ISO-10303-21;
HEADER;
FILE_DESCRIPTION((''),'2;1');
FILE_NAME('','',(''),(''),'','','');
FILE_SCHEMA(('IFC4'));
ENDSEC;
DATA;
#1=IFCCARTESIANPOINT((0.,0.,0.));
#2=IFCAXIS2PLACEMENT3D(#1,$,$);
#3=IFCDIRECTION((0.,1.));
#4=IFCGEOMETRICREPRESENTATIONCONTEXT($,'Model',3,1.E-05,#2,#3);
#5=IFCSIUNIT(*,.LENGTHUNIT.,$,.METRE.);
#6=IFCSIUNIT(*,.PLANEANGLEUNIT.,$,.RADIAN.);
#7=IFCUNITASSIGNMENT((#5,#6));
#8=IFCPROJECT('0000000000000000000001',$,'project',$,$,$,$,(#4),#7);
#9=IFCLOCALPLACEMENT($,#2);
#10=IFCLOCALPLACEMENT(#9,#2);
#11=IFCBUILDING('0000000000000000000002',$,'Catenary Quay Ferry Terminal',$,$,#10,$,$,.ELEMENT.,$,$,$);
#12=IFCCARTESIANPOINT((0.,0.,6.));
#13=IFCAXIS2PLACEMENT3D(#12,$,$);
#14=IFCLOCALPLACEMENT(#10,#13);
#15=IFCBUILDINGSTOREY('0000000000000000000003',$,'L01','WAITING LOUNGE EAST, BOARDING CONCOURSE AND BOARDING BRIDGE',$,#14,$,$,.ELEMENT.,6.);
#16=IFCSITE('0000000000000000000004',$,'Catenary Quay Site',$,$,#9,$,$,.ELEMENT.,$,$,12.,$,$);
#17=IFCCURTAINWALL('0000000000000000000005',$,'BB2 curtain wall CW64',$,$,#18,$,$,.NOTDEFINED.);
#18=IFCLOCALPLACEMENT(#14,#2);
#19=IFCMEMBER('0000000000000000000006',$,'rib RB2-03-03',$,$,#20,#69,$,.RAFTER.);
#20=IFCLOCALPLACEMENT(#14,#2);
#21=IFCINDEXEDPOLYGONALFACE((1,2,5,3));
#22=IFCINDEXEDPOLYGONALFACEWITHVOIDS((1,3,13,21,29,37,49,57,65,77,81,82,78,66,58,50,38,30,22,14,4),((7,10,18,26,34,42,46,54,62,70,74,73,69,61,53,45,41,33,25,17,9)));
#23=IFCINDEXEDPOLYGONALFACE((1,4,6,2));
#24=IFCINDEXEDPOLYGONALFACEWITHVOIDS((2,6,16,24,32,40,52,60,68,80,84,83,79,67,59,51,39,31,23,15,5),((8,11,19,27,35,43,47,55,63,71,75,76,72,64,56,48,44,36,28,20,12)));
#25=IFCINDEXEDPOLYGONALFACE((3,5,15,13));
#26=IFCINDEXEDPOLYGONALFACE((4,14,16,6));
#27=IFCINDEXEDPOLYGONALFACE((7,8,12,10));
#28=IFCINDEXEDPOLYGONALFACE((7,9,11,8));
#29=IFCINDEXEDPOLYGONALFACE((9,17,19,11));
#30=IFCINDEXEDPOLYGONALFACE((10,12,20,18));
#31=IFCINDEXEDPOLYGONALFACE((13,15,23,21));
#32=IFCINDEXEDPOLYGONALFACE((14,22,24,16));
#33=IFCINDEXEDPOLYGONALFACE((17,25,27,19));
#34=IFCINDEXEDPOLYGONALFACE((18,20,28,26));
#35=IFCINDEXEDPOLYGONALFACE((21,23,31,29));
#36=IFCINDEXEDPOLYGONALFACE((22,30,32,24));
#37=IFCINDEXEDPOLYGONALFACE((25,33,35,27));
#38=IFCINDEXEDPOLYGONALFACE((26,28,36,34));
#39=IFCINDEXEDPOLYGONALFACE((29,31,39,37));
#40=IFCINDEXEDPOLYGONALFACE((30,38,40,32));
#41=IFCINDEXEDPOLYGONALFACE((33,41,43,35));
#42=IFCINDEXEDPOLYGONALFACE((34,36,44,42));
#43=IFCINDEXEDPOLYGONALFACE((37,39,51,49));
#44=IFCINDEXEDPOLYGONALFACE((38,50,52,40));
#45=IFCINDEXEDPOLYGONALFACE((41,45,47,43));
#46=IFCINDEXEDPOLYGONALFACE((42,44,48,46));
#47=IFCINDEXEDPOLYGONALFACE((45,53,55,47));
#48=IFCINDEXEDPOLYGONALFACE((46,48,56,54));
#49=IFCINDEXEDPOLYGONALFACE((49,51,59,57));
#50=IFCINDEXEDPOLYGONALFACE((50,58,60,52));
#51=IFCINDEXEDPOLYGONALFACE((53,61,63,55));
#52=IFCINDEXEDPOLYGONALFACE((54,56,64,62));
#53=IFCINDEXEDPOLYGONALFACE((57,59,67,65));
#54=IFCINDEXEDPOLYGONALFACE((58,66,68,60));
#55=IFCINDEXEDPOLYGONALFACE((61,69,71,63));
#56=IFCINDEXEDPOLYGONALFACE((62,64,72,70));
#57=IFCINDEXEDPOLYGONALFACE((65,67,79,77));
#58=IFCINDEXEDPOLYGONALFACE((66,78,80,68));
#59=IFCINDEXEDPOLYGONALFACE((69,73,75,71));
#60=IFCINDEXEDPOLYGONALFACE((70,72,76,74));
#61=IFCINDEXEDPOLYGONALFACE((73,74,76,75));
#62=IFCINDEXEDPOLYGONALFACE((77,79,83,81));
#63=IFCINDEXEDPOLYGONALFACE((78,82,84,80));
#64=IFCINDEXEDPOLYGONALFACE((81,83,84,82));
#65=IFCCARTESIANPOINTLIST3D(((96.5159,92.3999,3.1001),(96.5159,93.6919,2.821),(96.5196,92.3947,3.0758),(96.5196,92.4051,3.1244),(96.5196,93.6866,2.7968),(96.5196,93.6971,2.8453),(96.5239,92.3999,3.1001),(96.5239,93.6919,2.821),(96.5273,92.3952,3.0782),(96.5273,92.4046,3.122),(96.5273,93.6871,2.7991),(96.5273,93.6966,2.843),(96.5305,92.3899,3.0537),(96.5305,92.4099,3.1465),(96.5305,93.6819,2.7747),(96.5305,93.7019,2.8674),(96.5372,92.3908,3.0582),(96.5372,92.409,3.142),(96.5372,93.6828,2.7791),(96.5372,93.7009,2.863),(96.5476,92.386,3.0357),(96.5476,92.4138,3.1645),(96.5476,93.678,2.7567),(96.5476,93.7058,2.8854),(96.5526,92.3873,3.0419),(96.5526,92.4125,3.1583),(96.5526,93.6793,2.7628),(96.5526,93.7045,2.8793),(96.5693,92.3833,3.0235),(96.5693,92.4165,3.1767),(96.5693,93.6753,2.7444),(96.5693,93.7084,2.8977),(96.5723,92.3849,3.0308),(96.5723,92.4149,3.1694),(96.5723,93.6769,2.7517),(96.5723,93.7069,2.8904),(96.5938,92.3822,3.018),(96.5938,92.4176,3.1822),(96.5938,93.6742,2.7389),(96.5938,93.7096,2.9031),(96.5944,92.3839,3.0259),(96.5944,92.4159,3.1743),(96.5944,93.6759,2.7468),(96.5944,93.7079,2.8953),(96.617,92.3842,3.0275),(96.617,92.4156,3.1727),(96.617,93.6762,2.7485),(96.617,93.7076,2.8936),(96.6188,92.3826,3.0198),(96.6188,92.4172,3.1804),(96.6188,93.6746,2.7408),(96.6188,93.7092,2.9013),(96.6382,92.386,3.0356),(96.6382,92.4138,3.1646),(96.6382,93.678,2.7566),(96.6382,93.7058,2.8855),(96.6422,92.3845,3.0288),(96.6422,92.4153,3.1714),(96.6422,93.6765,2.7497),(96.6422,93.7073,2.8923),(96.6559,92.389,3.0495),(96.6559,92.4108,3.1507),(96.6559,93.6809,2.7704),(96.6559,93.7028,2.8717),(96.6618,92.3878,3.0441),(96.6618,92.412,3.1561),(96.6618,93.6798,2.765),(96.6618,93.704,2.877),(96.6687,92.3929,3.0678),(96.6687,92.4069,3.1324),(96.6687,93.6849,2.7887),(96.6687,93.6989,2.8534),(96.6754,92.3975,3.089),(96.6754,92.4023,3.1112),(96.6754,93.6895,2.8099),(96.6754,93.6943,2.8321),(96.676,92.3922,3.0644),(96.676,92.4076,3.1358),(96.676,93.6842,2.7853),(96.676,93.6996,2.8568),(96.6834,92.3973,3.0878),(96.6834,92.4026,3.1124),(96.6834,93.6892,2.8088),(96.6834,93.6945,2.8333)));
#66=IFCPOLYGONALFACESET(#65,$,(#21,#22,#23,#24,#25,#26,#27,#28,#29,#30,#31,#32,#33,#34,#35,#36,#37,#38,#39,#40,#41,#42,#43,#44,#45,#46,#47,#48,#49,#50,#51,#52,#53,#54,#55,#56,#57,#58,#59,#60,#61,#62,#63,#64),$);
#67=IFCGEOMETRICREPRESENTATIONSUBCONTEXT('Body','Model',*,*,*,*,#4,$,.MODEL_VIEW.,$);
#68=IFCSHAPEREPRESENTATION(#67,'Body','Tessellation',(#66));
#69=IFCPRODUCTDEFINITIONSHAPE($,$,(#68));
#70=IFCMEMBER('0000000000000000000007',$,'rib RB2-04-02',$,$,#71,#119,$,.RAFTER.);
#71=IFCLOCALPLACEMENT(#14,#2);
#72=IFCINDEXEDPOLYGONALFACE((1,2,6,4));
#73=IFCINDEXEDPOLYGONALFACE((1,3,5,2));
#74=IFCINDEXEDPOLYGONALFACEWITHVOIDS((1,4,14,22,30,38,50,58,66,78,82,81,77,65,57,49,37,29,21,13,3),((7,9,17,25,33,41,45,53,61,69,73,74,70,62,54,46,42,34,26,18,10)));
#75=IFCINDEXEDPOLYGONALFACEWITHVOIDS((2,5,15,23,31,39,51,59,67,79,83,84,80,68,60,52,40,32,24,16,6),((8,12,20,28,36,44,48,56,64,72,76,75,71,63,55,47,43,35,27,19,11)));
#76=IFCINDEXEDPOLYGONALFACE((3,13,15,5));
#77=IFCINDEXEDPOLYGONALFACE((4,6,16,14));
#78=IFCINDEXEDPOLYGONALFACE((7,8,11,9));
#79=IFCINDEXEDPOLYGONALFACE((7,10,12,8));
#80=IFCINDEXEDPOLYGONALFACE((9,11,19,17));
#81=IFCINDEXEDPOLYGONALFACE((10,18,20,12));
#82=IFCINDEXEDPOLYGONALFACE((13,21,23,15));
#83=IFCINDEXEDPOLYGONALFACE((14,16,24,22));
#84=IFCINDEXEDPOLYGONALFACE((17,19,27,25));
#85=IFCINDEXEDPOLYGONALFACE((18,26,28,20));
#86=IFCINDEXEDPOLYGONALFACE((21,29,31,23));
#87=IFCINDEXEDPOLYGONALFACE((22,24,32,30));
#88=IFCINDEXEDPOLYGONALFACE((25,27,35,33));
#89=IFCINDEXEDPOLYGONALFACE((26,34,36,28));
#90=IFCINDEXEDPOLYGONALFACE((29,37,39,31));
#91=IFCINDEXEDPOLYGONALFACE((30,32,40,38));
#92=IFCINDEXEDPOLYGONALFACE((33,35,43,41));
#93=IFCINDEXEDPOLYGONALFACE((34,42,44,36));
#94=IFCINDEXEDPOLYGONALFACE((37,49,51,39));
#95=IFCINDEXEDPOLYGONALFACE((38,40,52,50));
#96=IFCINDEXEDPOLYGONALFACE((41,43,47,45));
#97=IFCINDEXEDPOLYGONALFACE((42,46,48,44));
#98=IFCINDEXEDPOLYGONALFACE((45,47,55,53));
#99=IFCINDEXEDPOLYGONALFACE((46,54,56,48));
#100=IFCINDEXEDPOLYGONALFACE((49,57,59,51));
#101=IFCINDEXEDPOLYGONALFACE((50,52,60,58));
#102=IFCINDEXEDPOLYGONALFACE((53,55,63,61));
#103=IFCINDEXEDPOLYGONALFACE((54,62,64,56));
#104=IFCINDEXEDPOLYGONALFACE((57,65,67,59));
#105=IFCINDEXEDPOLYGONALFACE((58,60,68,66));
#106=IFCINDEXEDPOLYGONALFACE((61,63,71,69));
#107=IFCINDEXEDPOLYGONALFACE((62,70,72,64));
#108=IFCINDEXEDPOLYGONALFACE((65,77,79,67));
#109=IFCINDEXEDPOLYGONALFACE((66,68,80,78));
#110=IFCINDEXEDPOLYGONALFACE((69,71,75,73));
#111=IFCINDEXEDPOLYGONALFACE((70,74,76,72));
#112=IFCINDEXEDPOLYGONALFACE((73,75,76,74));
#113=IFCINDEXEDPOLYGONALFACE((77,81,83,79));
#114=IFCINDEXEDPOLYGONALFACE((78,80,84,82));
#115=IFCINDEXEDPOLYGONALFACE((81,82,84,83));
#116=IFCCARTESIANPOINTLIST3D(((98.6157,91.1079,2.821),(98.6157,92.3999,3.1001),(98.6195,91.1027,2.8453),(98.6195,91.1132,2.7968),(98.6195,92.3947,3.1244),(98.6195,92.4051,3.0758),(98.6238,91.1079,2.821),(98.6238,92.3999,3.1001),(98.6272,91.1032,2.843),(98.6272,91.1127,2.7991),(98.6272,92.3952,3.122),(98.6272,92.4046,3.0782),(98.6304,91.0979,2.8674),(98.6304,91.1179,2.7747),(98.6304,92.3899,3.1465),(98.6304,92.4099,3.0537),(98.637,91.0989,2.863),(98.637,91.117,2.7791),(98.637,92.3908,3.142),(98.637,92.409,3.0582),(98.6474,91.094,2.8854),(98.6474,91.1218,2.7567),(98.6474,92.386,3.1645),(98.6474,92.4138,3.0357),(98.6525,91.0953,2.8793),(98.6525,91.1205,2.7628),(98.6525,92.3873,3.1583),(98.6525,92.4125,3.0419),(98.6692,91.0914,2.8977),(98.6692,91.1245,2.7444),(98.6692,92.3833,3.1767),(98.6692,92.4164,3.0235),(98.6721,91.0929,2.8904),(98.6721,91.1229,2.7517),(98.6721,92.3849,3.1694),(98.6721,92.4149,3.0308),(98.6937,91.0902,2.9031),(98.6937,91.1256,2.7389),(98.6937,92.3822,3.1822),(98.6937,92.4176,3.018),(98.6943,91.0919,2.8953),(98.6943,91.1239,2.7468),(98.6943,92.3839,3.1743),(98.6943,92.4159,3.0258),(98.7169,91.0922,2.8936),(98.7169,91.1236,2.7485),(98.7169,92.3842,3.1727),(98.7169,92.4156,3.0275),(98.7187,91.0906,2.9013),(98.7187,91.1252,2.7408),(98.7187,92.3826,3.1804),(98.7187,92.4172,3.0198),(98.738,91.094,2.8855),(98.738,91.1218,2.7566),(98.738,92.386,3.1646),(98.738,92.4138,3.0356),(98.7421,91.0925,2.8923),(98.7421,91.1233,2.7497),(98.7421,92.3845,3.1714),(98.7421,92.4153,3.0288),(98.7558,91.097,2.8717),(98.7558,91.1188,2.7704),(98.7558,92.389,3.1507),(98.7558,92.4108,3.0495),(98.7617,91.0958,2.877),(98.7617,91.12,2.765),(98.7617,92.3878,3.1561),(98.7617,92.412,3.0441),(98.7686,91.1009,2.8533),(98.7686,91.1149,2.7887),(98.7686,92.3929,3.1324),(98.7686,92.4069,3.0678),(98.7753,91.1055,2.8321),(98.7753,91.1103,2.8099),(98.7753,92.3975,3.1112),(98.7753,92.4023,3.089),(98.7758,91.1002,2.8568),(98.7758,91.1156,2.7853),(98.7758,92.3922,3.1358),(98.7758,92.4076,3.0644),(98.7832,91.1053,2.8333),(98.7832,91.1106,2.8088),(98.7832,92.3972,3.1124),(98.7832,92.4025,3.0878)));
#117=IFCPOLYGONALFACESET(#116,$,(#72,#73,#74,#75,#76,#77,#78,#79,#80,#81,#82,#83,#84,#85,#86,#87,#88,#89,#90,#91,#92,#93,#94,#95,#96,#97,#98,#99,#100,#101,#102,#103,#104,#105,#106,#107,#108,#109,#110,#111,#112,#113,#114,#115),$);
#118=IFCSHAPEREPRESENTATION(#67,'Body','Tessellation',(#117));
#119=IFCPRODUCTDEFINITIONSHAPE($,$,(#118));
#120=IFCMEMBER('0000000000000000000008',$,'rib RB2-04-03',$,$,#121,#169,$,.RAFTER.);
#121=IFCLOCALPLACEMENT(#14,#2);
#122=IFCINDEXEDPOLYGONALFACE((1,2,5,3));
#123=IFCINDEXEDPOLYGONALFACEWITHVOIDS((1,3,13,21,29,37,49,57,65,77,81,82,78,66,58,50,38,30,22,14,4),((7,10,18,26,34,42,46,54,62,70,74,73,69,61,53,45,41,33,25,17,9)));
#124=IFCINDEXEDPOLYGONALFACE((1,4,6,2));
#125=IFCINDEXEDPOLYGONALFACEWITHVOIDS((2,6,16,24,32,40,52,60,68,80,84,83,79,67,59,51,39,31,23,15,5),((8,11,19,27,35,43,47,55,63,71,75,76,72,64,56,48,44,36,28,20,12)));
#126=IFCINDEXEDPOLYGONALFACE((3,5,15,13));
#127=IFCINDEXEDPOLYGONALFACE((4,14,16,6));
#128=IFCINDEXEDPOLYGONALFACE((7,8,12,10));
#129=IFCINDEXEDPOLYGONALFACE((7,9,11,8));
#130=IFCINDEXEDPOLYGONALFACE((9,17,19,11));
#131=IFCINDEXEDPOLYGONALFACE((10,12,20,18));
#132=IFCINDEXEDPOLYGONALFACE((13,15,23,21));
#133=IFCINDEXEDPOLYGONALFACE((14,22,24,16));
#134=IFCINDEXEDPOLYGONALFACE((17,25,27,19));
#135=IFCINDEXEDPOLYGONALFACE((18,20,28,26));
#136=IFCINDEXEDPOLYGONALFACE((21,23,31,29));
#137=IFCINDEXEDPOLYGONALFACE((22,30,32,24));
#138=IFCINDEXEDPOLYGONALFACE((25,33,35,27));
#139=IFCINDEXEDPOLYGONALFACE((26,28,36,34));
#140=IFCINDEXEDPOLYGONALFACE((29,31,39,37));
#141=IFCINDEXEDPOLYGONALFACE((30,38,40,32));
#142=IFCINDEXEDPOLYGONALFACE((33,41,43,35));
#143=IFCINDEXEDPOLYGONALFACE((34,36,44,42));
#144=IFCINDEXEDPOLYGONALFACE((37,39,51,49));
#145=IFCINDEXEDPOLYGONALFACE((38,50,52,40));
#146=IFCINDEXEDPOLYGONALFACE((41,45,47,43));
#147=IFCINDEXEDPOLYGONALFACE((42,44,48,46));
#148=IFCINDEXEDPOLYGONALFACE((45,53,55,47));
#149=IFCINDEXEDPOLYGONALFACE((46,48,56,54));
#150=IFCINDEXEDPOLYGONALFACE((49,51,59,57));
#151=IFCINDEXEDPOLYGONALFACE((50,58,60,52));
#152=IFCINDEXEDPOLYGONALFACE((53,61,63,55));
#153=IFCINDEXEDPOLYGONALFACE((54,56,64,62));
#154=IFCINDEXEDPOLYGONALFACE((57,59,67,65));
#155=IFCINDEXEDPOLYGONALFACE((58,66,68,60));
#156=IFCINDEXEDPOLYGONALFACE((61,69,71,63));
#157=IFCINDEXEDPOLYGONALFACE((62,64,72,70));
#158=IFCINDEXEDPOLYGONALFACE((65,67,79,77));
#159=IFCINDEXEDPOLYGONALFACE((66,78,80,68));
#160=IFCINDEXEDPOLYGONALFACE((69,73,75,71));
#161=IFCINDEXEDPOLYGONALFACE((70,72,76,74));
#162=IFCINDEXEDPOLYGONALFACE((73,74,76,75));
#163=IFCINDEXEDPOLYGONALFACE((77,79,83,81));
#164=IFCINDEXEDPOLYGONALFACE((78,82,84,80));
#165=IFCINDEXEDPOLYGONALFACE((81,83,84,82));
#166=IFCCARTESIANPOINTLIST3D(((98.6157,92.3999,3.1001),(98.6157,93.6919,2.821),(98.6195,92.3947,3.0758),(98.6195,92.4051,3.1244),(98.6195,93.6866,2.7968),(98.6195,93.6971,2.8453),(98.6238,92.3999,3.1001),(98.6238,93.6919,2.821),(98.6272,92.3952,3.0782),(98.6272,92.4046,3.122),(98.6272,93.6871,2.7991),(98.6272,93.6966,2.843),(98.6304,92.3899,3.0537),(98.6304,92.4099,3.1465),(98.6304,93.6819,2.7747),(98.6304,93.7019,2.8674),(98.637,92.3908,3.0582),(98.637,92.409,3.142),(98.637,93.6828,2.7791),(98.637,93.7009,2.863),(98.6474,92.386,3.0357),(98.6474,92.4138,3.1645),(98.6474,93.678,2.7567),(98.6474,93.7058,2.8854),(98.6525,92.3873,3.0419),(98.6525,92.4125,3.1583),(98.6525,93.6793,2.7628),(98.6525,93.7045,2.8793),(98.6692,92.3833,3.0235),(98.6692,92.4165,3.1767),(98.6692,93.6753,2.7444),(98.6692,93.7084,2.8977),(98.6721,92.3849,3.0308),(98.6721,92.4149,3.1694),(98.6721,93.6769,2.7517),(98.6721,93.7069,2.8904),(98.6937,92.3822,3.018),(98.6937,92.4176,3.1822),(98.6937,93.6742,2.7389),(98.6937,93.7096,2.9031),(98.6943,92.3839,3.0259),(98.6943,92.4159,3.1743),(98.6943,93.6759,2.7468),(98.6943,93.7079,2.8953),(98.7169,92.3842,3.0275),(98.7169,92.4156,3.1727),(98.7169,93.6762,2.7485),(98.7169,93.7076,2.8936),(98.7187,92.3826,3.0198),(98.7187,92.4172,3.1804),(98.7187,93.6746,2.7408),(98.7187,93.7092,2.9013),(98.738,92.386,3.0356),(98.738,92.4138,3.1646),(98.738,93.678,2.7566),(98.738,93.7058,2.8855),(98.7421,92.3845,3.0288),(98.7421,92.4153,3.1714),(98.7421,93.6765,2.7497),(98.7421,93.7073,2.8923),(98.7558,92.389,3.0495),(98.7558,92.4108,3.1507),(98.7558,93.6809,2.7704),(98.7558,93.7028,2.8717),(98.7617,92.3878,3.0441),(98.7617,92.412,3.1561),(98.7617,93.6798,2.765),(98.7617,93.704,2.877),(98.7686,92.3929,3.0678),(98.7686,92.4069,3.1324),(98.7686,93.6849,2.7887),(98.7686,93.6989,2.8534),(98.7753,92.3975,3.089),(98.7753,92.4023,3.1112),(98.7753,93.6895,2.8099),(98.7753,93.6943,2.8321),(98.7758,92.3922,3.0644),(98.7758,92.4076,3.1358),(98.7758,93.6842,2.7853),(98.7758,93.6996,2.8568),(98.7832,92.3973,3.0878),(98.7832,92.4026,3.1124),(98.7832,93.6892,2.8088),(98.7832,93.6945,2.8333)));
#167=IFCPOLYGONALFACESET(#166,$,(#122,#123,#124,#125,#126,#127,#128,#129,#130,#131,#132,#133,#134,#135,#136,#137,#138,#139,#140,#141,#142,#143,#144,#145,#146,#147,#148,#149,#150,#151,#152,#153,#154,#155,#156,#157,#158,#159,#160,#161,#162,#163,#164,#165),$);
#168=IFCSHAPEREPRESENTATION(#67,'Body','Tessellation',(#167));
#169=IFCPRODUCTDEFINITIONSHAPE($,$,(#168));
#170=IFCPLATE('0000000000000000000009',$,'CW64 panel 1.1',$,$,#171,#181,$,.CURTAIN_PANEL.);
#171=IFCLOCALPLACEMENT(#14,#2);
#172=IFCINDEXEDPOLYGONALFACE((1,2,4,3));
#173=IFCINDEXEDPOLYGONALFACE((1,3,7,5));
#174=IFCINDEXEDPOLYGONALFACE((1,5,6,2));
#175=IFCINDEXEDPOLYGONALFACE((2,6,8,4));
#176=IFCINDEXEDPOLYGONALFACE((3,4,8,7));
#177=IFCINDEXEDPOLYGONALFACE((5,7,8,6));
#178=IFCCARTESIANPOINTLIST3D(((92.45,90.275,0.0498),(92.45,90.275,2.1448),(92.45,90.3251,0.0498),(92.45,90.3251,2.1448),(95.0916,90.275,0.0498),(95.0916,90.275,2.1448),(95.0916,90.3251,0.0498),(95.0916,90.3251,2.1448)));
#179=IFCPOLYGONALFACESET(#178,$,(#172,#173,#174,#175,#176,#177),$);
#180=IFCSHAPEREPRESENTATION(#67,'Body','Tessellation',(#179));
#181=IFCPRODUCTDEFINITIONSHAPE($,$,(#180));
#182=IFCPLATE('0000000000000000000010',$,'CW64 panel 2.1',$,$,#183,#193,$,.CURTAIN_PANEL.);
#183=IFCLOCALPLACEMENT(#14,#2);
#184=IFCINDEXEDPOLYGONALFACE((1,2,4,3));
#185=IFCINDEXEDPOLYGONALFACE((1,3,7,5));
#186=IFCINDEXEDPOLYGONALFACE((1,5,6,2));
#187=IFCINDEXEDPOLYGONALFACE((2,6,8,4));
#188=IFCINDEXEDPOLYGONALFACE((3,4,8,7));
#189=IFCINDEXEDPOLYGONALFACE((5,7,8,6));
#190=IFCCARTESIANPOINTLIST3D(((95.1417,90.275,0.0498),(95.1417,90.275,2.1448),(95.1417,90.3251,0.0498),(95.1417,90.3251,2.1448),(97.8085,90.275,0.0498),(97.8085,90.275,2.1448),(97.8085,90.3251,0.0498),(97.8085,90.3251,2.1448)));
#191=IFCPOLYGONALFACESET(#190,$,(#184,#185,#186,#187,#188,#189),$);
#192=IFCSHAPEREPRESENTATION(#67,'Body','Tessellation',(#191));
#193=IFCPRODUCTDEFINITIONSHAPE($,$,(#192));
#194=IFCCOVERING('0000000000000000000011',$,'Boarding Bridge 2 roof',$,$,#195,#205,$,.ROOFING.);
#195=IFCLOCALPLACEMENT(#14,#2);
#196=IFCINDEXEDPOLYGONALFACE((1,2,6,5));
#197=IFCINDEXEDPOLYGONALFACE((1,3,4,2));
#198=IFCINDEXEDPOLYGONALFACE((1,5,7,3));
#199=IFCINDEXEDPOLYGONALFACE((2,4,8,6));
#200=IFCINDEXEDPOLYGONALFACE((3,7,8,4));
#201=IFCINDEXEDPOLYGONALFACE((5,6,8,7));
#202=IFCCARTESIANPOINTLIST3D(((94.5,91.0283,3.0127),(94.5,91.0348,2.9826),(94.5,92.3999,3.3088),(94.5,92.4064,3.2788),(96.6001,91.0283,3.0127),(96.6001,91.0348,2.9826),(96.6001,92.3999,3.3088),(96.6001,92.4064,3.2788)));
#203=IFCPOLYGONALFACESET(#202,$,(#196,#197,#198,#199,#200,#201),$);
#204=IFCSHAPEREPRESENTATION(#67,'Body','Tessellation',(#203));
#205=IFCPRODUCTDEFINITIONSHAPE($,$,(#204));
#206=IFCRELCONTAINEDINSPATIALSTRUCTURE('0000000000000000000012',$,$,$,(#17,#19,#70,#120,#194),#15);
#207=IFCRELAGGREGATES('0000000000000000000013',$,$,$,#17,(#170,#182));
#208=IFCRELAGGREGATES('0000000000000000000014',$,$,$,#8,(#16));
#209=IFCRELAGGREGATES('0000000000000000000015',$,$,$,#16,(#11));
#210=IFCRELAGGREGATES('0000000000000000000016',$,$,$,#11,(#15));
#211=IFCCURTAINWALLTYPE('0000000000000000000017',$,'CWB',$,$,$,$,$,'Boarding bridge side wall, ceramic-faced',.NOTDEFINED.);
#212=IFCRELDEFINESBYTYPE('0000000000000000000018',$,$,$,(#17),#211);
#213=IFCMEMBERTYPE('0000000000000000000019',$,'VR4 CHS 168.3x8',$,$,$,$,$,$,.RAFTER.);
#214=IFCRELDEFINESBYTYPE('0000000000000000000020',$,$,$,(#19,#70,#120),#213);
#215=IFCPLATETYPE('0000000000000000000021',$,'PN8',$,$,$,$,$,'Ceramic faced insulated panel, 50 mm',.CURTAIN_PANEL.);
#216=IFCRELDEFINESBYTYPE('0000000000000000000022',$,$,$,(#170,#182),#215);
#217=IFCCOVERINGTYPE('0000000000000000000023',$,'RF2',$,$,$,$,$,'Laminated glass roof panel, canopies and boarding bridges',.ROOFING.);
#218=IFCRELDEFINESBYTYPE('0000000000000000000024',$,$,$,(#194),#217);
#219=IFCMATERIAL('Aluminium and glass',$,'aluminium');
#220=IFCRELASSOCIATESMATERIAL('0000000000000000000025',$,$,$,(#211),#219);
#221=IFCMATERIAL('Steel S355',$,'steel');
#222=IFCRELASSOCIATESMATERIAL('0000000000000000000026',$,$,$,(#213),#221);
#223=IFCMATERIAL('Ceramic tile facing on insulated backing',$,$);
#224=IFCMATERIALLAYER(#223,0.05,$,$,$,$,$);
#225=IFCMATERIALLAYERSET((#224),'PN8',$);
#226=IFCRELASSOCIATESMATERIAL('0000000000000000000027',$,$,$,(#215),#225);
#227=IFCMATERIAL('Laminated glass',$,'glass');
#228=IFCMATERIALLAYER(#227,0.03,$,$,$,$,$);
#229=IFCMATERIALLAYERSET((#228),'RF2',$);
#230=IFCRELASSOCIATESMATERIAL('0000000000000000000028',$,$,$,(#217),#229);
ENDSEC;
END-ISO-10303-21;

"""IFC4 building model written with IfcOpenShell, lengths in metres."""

from ifc_helpers import new_model, si_unit, direction, frame, origin, origin_2d, place, context, subcontext, project, spatial, polyline, rectangle, hollow_circle, outline, extrude, material, layer, layer_set, material_profile, profile_set, type_object, element, aggregate, save


model = new_model("IFC4")

# Units and contexts
model_context = context("Model", 3, precision=1e-05, world=origin(), true_north=direction((0.0, 1.0)))
body_context = subcontext(model_context, "Body", "Model", "MODEL_VIEW")
ifc_project = project(units=[si_unit("LENGTHUNIT", "METRE"), si_unit("PLANEANGLEUNIT", "RADIAN")], contexts=[model_context])

# Site, building, storey
site_placement = place(None, origin())
site = spatial("IfcSite", under=ifc_project, at=site_placement, Name="Catenary Quay Site", CompositionType="ELEMENT", RefElevation=12.0)
building_placement = place(site_placement, origin())
building = spatial("IfcBuilding", under=site, at=building_placement, Name="Catenary Quay Ferry Terminal", CompositionType="ELEMENT")
storey_placement = place(building_placement, frame((0.0, 0.0, 6.0)))
storey = spatial("IfcBuildingStorey", under=building, at=storey_placement, Name="L01", Description="WAITING LOUNGE EAST, BOARDING CONCOURSE AND BOARDING BRIDGE", CompositionType="ELEMENT", Elevation=6.0)

# Curtain wall
ifc_material_1 = material(Name="Aluminium and glass", Category="aluminium")
curtain_wall_type = type_object("IfcCurtainWallType", Name="CWB", ElementType="Boarding bridge side wall, ceramic-faced", PredefinedType="NOTDEFINED", material=ifc_material_1)
curtain_wall_placement = place(storey_placement, origin())
curtain_wall = element("IfcCurtainWall", 1, at=curtain_wall_placement, inside=storey, type_object=curtain_wall_type, Name="BB2 curtain wall CW64", PredefinedType="NOTDEFINED")

# Members
ifc_material_2 = material(Name="Steel S355", Category="steel")
ifc_material_profile_1 = material_profile(ifc_material_2, hollow_circle(Radius=0.0842, WallThickness=0.0081, at=origin_2d()), Name="CHS 168.3x8")
ifc_profile_set_1 = profile_set([ifc_material_profile_1], Name="Steel S355")
member_type_1 = type_object("IfcMemberType", Name="VR4 CHS 168.3x8", PredefinedType="RAFTER", material=ifc_profile_set_1)
for number, where, z_axis, x_axis, name in (
    (2, (96.6001, 92.3999, 3.1001), (0.0, 0.977461, -0.211118), (-1.0, 0.0, 0.0), "rib RB2-03-03"),
    (3, (98.7, 91.1079, 2.821), (0.0, 0.977461, 0.211118), (-1.0, 0.0, 0.0), "rib RB2-04-02"),
    (4, (98.7, 92.3999, 3.1001), (0.0, 0.977461, -0.211118), (-1.0, 0.0, 0.0), "rib RB2-04-03"),
):
    element("IfcMember", number, at=place(storey_placement, frame(where, z_axis=z_axis, x_axis=x_axis)), inside=storey, type_object=member_type_1, Name=name, PredefinedType="RAFTER", context=body_context, shape_type="SweptSolid", body=[
        extrude(hollow_circle(Radius=0.0842, WallThickness=0.0081, at=origin_2d()), origin(), (0.0, 0.0, 1.0), 1.3218),
    ])

# Plates
ifc_material_3 = material(Name="Ceramic tile facing on insulated backing")
ifc_layer_1 = layer(ifc_material_3, 0.05)
ifc_layer_set_1 = layer_set([ifc_layer_1], Name="PN8")
plate_type = type_object("IfcPlateType", Name="PN8", ElementType="Ceramic faced insulated panel, 50 mm", PredefinedType="CURTAIN_PANEL", material=ifc_layer_set_1)
plate_1_placement = place(storey_placement, frame((93.7708, 90.3, 0.0498), z_axis=(0.0, 0.0, 1.0), x_axis=(1.0, 0.0, 0.0)))
plate_1 = element("IfcPlate", 5, at=plate_1_placement, type_object=plate_type, Name="CW64 panel 1.1", PredefinedType="CURTAIN_PANEL", context=body_context, shape_type="SweptSolid", body=[
    extrude(rectangle(XDim=2.6416, YDim=0.05, at=origin_2d()), origin(), (0.0, 0.0, 1.0), 2.095),
])
plate_2_placement = place(storey_placement, frame((96.4751, 90.3, 0.0498), z_axis=(0.0, 0.0, 1.0), x_axis=(1.0, 0.0, 0.0)))
plate_2 = element("IfcPlate", 6, at=plate_2_placement, type_object=plate_type, Name="CW64 panel 2.1", PredefinedType="CURTAIN_PANEL", context=body_context, shape_type="SweptSolid", body=[
    extrude(rectangle(XDim=2.6667, YDim=0.05, at=origin_2d()), origin(), (0.0, 0.0, 1.0), 2.095),
])
aggregate(curtain_wall, [plate_1, plate_2])

# Covering
ifc_material_4 = material(Name="Laminated glass", Category="glass")
ifc_layer_2 = layer(ifc_material_4, 0.03)
ifc_layer_set_2 = layer_set([ifc_layer_2], Name="RF2")
covering_type = type_object("IfcCoveringType", Name="RF2", ElementType="Laminated glass roof panel, canopies and boarding bridges", PredefinedType="ROOFING", material=ifc_layer_set_2)
covering_1_placement = place(storey_placement, frame((94.5, 91.0283, 3.0127), z_axis=(0.0, -0.21105, 0.977475), x_axis=(1.0, 0.0, 0.0)))
element("IfcCovering", 7, at=covering_1_placement, inside=storey, type_object=covering_type, Name="Boarding Bridge 2 roof", PredefinedType="ROOFING", context=body_context, shape_type="SweptSolid", body=[
    extrude(outline(polyline([(0.0, 0.0), (2.1001, 0.0), (2.1001, 1.4032), (0.0, 1.4032), (0.0, 0.0)])), origin(), (0.0, 0.0, -1.0), 0.0308),
])

save(model, "model.ifc")
